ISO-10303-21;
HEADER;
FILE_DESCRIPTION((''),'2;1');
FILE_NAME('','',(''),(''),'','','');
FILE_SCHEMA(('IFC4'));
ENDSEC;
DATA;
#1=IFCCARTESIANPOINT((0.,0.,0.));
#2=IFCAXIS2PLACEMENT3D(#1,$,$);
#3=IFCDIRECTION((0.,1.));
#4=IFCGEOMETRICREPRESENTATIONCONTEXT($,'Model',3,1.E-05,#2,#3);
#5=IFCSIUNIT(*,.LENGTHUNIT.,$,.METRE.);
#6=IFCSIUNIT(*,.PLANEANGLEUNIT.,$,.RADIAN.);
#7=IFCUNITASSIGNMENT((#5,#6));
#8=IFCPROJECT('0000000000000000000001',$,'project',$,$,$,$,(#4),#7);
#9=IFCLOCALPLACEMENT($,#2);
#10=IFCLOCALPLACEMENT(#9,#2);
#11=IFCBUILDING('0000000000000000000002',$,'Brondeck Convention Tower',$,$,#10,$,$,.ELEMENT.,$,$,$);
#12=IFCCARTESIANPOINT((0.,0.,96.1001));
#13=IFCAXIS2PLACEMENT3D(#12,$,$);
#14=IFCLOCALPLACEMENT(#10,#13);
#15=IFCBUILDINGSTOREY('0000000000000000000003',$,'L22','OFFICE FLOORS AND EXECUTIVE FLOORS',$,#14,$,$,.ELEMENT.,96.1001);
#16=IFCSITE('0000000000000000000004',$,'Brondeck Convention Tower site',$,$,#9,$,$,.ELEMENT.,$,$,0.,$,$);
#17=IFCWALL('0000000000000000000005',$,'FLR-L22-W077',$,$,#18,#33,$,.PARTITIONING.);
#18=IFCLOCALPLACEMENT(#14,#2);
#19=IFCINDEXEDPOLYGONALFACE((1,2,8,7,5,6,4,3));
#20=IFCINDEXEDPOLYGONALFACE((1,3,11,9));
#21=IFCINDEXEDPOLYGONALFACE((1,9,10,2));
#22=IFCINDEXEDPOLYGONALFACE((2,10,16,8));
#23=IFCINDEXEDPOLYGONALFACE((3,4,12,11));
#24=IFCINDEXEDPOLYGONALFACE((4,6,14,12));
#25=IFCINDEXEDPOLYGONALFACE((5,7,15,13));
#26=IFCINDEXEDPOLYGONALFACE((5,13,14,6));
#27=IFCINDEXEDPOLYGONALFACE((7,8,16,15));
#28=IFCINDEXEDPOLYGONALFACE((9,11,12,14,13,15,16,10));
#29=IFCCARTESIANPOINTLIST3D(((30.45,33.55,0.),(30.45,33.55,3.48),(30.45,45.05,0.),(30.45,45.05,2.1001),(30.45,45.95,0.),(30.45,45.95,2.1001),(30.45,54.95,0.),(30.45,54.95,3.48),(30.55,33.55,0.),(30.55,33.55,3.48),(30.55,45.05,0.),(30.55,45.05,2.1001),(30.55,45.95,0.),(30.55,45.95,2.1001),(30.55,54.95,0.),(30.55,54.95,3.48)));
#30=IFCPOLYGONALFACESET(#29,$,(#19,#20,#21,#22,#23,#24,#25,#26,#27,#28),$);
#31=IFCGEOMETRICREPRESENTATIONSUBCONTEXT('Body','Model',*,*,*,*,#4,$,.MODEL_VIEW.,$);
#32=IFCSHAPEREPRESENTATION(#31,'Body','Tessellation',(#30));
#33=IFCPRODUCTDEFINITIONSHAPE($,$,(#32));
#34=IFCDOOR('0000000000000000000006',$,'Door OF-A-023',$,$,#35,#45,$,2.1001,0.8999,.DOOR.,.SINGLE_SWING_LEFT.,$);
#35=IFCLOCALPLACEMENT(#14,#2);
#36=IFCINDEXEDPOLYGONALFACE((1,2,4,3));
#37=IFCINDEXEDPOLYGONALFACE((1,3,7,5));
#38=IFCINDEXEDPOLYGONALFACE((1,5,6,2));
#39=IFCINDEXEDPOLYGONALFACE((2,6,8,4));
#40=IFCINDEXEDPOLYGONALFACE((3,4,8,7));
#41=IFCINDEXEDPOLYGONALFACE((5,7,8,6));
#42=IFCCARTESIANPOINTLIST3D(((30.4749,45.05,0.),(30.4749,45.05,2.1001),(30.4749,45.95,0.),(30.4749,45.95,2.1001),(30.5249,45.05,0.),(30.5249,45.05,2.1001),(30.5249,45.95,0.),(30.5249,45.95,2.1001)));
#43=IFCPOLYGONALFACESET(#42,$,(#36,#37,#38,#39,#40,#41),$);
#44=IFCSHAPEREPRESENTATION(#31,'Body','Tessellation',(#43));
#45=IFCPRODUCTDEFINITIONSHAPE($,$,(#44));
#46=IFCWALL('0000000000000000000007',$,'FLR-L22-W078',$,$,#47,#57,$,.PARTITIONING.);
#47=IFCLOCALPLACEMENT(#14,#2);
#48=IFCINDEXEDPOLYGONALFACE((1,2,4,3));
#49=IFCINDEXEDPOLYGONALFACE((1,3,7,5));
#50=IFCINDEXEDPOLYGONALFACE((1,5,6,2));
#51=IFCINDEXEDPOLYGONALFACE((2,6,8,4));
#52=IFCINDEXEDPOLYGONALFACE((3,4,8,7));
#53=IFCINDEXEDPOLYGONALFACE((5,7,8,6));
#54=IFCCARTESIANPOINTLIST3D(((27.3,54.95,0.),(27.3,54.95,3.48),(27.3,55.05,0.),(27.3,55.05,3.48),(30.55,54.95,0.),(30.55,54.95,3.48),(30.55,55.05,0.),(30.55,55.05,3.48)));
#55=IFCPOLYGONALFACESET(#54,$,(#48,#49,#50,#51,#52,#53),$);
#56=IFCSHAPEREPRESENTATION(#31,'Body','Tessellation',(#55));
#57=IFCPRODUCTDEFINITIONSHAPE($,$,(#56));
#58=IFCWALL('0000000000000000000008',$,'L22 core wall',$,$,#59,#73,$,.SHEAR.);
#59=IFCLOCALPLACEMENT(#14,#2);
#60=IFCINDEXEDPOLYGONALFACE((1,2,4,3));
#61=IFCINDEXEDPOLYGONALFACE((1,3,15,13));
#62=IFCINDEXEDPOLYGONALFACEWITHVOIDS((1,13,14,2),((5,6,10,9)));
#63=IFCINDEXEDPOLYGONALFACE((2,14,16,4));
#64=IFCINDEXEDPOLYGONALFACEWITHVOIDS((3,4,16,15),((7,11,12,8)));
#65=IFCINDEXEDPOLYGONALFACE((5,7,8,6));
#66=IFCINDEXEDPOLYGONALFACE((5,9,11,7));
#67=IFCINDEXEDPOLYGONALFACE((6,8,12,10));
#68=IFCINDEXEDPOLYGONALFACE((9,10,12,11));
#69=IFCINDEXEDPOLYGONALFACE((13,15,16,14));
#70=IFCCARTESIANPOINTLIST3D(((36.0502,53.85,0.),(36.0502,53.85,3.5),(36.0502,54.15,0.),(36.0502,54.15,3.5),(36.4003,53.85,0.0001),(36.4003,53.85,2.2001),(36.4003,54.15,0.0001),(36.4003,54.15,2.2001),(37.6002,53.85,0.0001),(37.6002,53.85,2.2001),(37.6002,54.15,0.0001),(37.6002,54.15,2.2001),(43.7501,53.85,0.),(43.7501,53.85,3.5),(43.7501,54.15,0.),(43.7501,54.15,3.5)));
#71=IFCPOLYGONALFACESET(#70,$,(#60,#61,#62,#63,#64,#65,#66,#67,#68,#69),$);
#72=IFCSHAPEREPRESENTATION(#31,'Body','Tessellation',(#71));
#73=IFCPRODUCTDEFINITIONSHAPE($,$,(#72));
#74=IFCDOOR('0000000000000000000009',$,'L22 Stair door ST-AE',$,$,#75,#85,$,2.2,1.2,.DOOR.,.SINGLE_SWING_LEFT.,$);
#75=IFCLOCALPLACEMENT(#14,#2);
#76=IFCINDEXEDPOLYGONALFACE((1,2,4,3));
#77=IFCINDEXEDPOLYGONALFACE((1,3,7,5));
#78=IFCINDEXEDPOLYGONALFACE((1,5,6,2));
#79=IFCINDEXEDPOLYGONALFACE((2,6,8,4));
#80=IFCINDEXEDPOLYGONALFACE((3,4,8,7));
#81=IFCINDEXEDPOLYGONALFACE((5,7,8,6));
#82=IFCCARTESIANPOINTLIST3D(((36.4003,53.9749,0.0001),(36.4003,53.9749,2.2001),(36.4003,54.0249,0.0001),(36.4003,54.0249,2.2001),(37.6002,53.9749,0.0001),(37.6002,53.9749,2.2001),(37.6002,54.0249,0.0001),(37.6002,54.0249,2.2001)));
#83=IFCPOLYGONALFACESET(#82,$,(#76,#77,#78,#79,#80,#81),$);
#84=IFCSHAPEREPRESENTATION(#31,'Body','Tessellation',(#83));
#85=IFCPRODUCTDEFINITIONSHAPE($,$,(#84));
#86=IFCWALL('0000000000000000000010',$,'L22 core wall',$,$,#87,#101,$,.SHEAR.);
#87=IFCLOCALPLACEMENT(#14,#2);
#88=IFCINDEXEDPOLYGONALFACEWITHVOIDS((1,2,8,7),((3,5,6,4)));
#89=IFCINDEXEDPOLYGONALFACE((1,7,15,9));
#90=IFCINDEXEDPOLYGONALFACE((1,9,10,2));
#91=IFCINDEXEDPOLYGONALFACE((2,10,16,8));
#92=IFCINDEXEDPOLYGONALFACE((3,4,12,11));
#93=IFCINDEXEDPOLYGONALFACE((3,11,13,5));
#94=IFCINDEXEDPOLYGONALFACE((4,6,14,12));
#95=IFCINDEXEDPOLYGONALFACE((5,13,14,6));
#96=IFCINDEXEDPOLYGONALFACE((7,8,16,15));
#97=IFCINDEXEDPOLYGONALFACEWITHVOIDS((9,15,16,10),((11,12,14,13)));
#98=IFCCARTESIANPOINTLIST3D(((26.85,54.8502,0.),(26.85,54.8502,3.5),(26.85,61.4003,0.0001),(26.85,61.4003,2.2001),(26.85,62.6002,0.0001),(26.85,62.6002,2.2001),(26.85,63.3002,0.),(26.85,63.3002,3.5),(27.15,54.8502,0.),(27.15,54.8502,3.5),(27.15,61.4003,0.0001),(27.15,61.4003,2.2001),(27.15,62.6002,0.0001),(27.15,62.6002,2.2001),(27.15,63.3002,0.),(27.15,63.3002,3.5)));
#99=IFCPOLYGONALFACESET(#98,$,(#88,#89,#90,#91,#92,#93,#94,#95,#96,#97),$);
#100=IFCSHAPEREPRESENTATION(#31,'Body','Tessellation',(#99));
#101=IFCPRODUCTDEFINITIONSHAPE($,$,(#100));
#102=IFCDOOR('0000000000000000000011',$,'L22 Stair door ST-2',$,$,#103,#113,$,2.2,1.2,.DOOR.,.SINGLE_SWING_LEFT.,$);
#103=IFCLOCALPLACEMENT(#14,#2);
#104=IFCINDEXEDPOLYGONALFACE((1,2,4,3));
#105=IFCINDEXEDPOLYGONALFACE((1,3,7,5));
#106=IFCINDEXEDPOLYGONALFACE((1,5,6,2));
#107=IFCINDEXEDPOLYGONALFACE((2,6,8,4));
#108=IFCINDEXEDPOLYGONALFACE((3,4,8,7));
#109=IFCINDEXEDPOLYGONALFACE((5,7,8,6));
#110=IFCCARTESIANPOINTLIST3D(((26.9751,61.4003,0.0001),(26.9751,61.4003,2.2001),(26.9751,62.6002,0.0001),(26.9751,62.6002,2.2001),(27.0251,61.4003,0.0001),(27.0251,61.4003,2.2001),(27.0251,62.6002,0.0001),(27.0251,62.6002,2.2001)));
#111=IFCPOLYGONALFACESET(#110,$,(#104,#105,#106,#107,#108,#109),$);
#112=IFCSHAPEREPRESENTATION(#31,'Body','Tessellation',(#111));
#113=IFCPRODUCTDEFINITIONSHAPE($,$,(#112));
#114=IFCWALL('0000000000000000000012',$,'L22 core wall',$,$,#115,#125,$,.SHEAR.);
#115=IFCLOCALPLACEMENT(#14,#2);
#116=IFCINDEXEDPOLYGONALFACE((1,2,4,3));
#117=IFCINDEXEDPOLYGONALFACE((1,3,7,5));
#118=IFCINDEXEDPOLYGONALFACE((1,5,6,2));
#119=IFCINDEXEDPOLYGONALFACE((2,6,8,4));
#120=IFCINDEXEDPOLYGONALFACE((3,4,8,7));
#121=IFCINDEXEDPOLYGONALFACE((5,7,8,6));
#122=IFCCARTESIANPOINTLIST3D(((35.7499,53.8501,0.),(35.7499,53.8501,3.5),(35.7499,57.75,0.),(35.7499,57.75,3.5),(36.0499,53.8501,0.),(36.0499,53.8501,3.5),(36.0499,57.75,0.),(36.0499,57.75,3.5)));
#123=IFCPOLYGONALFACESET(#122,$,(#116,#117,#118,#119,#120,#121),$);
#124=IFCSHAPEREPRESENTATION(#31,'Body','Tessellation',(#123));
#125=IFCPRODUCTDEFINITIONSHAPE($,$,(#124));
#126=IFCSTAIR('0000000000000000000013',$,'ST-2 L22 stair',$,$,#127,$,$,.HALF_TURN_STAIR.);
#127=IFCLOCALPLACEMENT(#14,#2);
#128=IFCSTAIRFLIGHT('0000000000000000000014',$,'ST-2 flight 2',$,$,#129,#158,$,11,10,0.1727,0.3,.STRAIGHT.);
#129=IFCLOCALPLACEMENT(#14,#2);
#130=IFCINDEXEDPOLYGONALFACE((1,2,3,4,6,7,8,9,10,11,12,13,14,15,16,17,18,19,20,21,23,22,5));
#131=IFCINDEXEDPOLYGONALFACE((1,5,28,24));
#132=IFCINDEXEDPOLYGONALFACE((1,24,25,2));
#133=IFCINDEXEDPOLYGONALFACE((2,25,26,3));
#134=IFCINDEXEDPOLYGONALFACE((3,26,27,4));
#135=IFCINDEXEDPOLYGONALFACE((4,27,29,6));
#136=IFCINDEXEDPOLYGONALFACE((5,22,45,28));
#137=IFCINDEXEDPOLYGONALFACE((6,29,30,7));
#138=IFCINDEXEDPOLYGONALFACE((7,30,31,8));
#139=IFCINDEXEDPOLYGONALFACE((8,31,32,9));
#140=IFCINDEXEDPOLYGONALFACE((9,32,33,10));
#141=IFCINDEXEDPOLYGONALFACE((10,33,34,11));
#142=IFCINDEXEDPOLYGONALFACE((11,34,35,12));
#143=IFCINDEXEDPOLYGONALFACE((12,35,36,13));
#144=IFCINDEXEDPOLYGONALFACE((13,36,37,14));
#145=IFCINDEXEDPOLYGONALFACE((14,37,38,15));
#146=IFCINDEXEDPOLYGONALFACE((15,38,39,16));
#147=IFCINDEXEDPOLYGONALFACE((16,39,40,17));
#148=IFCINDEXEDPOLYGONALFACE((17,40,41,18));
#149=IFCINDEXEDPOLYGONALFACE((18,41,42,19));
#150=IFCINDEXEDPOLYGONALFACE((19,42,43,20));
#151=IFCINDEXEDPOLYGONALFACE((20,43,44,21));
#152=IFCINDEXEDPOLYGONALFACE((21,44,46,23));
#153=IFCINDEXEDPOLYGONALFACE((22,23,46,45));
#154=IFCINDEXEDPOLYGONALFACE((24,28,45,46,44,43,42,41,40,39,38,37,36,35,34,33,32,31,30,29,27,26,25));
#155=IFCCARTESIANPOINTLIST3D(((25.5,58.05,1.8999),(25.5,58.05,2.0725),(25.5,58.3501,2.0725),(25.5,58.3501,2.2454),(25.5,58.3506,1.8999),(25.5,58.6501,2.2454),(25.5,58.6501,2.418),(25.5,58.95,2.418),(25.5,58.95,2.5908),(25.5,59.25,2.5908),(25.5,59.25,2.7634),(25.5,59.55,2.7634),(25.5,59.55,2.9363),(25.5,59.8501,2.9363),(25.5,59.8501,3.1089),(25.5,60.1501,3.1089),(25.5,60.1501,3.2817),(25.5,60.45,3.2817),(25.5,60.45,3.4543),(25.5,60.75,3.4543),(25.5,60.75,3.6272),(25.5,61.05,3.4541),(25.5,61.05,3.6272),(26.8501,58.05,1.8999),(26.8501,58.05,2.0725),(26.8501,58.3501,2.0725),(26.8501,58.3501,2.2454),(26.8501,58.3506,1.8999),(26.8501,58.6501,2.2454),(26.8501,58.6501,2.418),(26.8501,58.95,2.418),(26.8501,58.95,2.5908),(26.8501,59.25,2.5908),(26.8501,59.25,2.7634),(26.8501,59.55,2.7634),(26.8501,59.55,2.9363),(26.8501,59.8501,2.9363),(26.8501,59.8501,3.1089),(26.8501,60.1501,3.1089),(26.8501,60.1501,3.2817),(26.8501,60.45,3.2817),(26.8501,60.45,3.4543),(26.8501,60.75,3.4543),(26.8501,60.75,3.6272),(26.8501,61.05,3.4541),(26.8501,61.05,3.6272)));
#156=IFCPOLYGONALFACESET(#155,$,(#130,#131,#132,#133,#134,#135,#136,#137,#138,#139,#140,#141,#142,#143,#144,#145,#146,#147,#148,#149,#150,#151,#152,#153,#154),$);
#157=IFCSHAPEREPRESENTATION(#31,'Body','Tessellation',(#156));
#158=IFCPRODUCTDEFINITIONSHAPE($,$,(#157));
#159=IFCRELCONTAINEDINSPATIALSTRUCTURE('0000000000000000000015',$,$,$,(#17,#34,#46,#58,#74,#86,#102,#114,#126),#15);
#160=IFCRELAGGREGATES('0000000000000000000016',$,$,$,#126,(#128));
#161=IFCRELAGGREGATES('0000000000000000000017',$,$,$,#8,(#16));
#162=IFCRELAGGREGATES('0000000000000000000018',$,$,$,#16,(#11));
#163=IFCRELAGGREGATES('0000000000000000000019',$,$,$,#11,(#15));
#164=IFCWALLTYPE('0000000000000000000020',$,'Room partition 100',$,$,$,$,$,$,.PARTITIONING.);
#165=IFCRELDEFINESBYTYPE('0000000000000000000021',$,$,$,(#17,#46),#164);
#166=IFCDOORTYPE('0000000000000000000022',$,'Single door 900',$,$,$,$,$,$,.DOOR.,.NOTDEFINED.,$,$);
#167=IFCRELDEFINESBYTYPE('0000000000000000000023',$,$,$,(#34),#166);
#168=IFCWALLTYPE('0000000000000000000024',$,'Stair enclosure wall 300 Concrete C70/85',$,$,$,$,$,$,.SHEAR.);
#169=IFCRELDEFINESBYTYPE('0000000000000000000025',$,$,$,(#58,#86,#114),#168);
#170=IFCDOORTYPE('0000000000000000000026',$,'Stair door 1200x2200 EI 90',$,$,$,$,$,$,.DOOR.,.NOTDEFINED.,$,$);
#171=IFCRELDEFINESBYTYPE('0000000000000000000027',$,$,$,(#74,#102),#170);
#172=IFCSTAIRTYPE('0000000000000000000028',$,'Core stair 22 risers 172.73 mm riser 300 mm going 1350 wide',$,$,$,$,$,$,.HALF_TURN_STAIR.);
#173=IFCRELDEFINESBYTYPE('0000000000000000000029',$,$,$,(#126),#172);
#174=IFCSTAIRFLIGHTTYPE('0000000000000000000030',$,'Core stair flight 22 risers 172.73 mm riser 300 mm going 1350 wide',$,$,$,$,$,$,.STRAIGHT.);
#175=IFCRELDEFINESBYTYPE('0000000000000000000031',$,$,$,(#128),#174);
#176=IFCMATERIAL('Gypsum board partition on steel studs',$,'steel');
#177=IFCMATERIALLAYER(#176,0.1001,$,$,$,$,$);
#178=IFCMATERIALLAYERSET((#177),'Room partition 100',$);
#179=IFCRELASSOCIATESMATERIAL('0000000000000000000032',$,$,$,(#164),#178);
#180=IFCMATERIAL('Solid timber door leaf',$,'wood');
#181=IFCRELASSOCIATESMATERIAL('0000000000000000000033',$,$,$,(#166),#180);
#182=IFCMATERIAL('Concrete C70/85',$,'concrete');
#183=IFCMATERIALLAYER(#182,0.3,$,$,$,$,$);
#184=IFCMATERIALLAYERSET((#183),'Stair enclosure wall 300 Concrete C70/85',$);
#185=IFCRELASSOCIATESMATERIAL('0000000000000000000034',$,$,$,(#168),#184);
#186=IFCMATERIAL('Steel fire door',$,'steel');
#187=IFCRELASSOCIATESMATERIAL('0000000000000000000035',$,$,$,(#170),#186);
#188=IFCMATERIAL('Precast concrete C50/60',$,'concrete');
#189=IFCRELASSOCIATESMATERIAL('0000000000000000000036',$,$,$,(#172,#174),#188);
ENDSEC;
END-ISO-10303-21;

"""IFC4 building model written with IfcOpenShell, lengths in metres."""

from ifc_helpers import new_model, si_unit, direction, frame, frame_2d, origin, place, context, subcontext, project, spatial, polyline, rectangle, outline, extrude, material, layer, layer_set, type_object, element, fill, aggregate, save


model = new_model("IFC4")

# Units and contexts
model_context = context("Model", 3, precision=1e-05, world=origin(), true_north=direction((0.0, 1.0)))
body_context = subcontext(model_context, "Body", "Model", "MODEL_VIEW")
ifc_project = project(units=[si_unit("LENGTHUNIT", "METRE"), si_unit("PLANEANGLEUNIT", "RADIAN")], contexts=[model_context])

# Site, building, storey
site_placement = place(None, origin())
site = spatial("IfcSite", under=ifc_project, at=site_placement, Name="Brondeck Convention Tower site", CompositionType="ELEMENT", RefElevation=0.0)
building_placement = place(site_placement, origin())
building = spatial("IfcBuilding", under=site, at=building_placement, Name="Brondeck Convention Tower", CompositionType="ELEMENT")
storey_placement = place(building_placement, frame((0.0, 0.0, 96.1001)))
storey = spatial("IfcBuildingStorey", under=building, at=storey_placement, Name="L22", Description="OFFICE FLOORS AND EXECUTIVE FLOORS", CompositionType="ELEMENT", Elevation=96.1001)

# Shared definitions
ifc_material_1 = material(Name="Concrete C70/85", Category="concrete")

# Shared definitions
ifc_material_2 = material(Name="Gypsum board partition on steel studs", Category="steel")
ifc_layer_1 = layer(ifc_material_2, 0.1001)
ifc_layer_set_1 = layer_set([ifc_layer_1], Name="Room partition 100")
wall_type_1 = type_object("IfcWallType", Name="Room partition 100", PredefinedType="PARTITIONING", material=ifc_layer_set_1)

# Wall, opening, door
wall_1_placement = place(storey_placement, frame((30.5, 54.95, 0.0), z_axis=(0.0, 0.0, 1.0), x_axis=(0.0, -1.0, 0.0)))
wall_1 = element("IfcWall", 1, at=wall_1_placement, inside=storey, type_object=wall_type_1, Name="FLR-L22-W077", PredefinedType="PARTITIONING", context=body_context, shape_type="SweptSolid", body=[
    extrude(rectangle(XDim=21.3999, YDim=0.1001, at=frame_2d((10.7, 0.0))), origin(), (0.0, 0.0, 1.0), 3.48),
])
opening_1_placement = place(wall_1_placement, frame((9.0, 0.0, 0.0)))
opening_1 = element("IfcOpeningElement", 2, at=opening_1_placement, cuts=wall_1, PredefinedType="OPENING", context=body_context, shape_type="SweptSolid", body=[
    extrude(rectangle(XDim=0.8999, YDim=2.1001, at=frame_2d((0.45, 1.05))), frame((0.0, 0.0601, 0.0), z_axis=(0.0, -1.0, 0.0), x_axis=(1.0, 0.0, 0.0)), (0.0, 0.0, 1.0), 0.1201),
])
ifc_material_3 = material(Name="Solid timber door leaf", Category="wood")
door_type_1 = type_object("IfcDoorType", Name="Single door 900", OperationType="NOTDEFINED", PredefinedType="DOOR", material=ifc_material_3)
door_1_placement = place(opening_1_placement, origin())
door_1 = element("IfcDoor", 3, at=door_1_placement, inside=storey, type_object=door_type_1, Name="Door OF-A-023", OperationType="SINGLE_SWING_LEFT", OverallHeight=2.1001, OverallWidth=0.8999, PredefinedType="DOOR", context=body_context, shape_type="SweptSolid", body=[
    extrude(rectangle(XDim=0.8999, YDim=2.1001, at=frame_2d((0.45, 1.05))), frame((0.0, 0.0249, 0.0), z_axis=(0.0, -1.0, 0.0), x_axis=(1.0, 0.0, 0.0)), (0.0, 0.0, 1.0), 0.05),
])
fill(opening_1, door_1)

# Wall
wall_2_placement = place(storey_placement, frame((27.3, 55.0, 0.0), z_axis=(0.0, 0.0, 1.0), x_axis=(1.0, 0.0, 0.0)))
element("IfcWall", 4, at=wall_2_placement, inside=storey, type_object=wall_type_1, Name="FLR-L22-W078", PredefinedType="PARTITIONING", context=body_context, shape_type="SweptSolid", body=[
    extrude(rectangle(XDim=3.25, YDim=0.1001, at=frame_2d((1.625, 0.0))), origin(), (0.0, 0.0, 1.0), 3.48),
])

# Walls, openings, doors
ifc_layer_2 = layer(ifc_material_1, 0.3)
ifc_layer_set_2 = layer_set([ifc_layer_2], Name="Stair enclosure wall 300 Concrete C70/85")
wall_type_2 = type_object("IfcWallType", Name="Stair enclosure wall 300 Concrete C70/85", PredefinedType="SHEAR", material=ifc_layer_set_2)
wall_3_placement = place(storey_placement, frame((36.05, 54.0, 0.0), z_axis=(0.0, 0.0, 1.0), x_axis=(1.0, 0.0, 0.0)))
wall_3 = element("IfcWall", 5, at=wall_3_placement, inside=storey, type_object=wall_type_2, Name="L22 core wall", PredefinedType="SHEAR", context=body_context, shape_type="SweptSolid", body=[
    extrude(rectangle(XDim=7.7, YDim=0.3, at=frame_2d((3.8501, 0.0))), origin(), (0.0, 0.0, 1.0), 3.5),
])
opening_2_placement = place(wall_3_placement, frame((0.3501, 0.0, 0.0)))
opening_2 = element("IfcOpeningElement", 6, at=opening_2_placement, cuts=wall_3, PredefinedType="OPENING", context=body_context, shape_type="SweptSolid", body=[
    extrude(rectangle(XDim=1.2, YDim=2.2, at=frame_2d((0.6001, 1.1001))), frame((0.0, 0.1599, 0.0), z_axis=(0.0, -1.0, 0.0), x_axis=(1.0, 0.0, 0.0)), (0.0, 0.0, 1.0), 0.3201),
])
ifc_material_4 = material(Name="Steel fire door", Category="steel")
door_type_2 = type_object("IfcDoorType", Name="Stair door 1200x2200 EI 90", OperationType="NOTDEFINED", PredefinedType="DOOR", material=ifc_material_4)
door_2_placement = place(opening_2_placement, origin())
door_2 = element("IfcDoor", 7, at=door_2_placement, inside=storey, type_object=door_type_2, Name="L22 Stair door ST-AE", OperationType="SINGLE_SWING_LEFT", OverallHeight=2.2, OverallWidth=1.2, PredefinedType="DOOR", context=body_context, shape_type="SweptSolid", body=[
    extrude(rectangle(XDim=1.2, YDim=2.2, at=frame_2d((0.6001, 1.1001))), frame((0.0, 0.0249, 0.0), z_axis=(0.0, -1.0, 0.0), x_axis=(1.0, 0.0, 0.0)), (0.0, 0.0, 1.0), 0.05),
])
fill(opening_2, door_2)
wall_4_placement = place(storey_placement, frame((27.0, 54.8501, 0.0), z_axis=(0.0, 0.0, 1.0), x_axis=(0.0, 1.0, 0.0)))
wall_4 = element("IfcWall", 8, at=wall_4_placement, inside=storey, type_object=wall_type_2, Name="L22 core wall", PredefinedType="SHEAR", context=body_context, shape_type="SweptSolid", body=[
    extrude(rectangle(XDim=8.45, YDim=0.3, at=frame_2d((4.2251, 0.0))), origin(), (0.0, 0.0, 1.0), 3.5),
])
opening_3_placement = place(wall_4_placement, frame((6.55, 0.0, 0.0)))
opening_3 = element("IfcOpeningElement", 9, at=opening_3_placement, cuts=wall_4, PredefinedType="OPENING", context=body_context, shape_type="SweptSolid", body=[
    extrude(rectangle(XDim=1.2, YDim=2.2, at=frame_2d((0.6001, 1.1001))), frame((0.0, 0.1599, 0.0), z_axis=(0.0, -1.0, 0.0), x_axis=(1.0, 0.0, 0.0)), (0.0, 0.0, 1.0), 0.3201),
])
door_3_placement = place(opening_3_placement, origin())
door_3 = element("IfcDoor", 10, at=door_3_placement, inside=storey, type_object=door_type_2, Name="L22 Stair door ST-2", OperationType="SINGLE_SWING_LEFT", OverallHeight=2.2, OverallWidth=1.2, PredefinedType="DOOR", context=body_context, shape_type="SweptSolid", body=[
    extrude(rectangle(XDim=1.2, YDim=2.2, at=frame_2d((0.6001, 1.1001))), frame((0.0, 0.0249, 0.0), z_axis=(0.0, -1.0, 0.0), x_axis=(1.0, 0.0, 0.0)), (0.0, 0.0, 1.0), 0.05),
])
fill(opening_3, door_3)

# Wall
wall_5_placement = place(storey_placement, frame((35.8999, 53.8501, 0.0), z_axis=(0.0, 0.0, 1.0), x_axis=(0.0, 1.0, 0.0)))
element("IfcWall", 11, at=wall_5_placement, inside=storey, type_object=wall_type_2, Name="L22 core wall", PredefinedType="SHEAR", context=body_context, shape_type="SweptSolid", body=[
    extrude(rectangle(XDim=3.8999, YDim=0.3, at=frame_2d((1.95, 0.0))), origin(), (0.0, 0.0, 1.0), 3.5),
])

# Stair, stair flight
ifc_material_5 = material(Name="Precast concrete C50/60", Category="concrete")
stair_type = type_object("IfcStairType", Name="Core stair 22 risers 172.73 mm riser 300 mm going 1350 wide", PredefinedType="HALF_TURN_STAIR", material=ifc_material_5)
stair_placement = place(storey_placement, origin())
stair = element("IfcStair", 12, at=stair_placement, inside=storey, type_object=stair_type, Name="ST-2 L22 stair", PredefinedType="HALF_TURN_STAIR")
stair_flight_type = type_object("IfcStairFlightType", Name="Core stair flight 22 risers 172.73 mm riser 300 mm going 1350 wide", PredefinedType="STRAIGHT", material=ifc_material_5)
stair_flight_placement = place(storey_placement, frame((26.175, 58.05, 1.8999), z_axis=(0.0, 0.0, 1.0), x_axis=(0.0, 1.0, 0.0)))
stair_flight = element("IfcStairFlight", 13, at=stair_flight_placement, type_object=stair_flight_type, Name="ST-2 flight 2", NumberOfRisers=11, NumberOfTreads=10, PredefinedType="STRAIGHT", RiserHeight=0.1727, TreadLength=0.3, context=body_context, shape_type="SweptSolid", body=[
    extrude(outline(polyline([(0.0, 0.0), (0.0, 0.1726), (0.3, 0.1726), (0.3, 0.3455), (0.6001, 0.3455), (0.6001, 0.5181), (0.8999, 0.5181), (0.8999, 0.6909), (1.2, 0.6909), (1.2, 0.8635), (1.5, 0.8635), (1.5, 1.0364), (1.8, 1.0364), (1.8, 1.209), (2.1001, 1.209), (2.1001, 1.3818), (2.3999, 1.3818), (2.3999, 1.5544), (2.7, 1.5544), (2.7, 1.7273), (3.0, 1.7273), (3.0, 1.8999), (3.0, 1.5542), (0.3005, 0.0), (0.0, 0.0)])), frame((0.0, 0.675, 0.0), z_axis=(0.0, -1.0, 0.0), x_axis=(1.0, 0.0, 0.0)), (0.0, 0.0, 1.0), 1.3501),
])
aggregate(stair, [stair_flight])

save(model, "model.ifc")
